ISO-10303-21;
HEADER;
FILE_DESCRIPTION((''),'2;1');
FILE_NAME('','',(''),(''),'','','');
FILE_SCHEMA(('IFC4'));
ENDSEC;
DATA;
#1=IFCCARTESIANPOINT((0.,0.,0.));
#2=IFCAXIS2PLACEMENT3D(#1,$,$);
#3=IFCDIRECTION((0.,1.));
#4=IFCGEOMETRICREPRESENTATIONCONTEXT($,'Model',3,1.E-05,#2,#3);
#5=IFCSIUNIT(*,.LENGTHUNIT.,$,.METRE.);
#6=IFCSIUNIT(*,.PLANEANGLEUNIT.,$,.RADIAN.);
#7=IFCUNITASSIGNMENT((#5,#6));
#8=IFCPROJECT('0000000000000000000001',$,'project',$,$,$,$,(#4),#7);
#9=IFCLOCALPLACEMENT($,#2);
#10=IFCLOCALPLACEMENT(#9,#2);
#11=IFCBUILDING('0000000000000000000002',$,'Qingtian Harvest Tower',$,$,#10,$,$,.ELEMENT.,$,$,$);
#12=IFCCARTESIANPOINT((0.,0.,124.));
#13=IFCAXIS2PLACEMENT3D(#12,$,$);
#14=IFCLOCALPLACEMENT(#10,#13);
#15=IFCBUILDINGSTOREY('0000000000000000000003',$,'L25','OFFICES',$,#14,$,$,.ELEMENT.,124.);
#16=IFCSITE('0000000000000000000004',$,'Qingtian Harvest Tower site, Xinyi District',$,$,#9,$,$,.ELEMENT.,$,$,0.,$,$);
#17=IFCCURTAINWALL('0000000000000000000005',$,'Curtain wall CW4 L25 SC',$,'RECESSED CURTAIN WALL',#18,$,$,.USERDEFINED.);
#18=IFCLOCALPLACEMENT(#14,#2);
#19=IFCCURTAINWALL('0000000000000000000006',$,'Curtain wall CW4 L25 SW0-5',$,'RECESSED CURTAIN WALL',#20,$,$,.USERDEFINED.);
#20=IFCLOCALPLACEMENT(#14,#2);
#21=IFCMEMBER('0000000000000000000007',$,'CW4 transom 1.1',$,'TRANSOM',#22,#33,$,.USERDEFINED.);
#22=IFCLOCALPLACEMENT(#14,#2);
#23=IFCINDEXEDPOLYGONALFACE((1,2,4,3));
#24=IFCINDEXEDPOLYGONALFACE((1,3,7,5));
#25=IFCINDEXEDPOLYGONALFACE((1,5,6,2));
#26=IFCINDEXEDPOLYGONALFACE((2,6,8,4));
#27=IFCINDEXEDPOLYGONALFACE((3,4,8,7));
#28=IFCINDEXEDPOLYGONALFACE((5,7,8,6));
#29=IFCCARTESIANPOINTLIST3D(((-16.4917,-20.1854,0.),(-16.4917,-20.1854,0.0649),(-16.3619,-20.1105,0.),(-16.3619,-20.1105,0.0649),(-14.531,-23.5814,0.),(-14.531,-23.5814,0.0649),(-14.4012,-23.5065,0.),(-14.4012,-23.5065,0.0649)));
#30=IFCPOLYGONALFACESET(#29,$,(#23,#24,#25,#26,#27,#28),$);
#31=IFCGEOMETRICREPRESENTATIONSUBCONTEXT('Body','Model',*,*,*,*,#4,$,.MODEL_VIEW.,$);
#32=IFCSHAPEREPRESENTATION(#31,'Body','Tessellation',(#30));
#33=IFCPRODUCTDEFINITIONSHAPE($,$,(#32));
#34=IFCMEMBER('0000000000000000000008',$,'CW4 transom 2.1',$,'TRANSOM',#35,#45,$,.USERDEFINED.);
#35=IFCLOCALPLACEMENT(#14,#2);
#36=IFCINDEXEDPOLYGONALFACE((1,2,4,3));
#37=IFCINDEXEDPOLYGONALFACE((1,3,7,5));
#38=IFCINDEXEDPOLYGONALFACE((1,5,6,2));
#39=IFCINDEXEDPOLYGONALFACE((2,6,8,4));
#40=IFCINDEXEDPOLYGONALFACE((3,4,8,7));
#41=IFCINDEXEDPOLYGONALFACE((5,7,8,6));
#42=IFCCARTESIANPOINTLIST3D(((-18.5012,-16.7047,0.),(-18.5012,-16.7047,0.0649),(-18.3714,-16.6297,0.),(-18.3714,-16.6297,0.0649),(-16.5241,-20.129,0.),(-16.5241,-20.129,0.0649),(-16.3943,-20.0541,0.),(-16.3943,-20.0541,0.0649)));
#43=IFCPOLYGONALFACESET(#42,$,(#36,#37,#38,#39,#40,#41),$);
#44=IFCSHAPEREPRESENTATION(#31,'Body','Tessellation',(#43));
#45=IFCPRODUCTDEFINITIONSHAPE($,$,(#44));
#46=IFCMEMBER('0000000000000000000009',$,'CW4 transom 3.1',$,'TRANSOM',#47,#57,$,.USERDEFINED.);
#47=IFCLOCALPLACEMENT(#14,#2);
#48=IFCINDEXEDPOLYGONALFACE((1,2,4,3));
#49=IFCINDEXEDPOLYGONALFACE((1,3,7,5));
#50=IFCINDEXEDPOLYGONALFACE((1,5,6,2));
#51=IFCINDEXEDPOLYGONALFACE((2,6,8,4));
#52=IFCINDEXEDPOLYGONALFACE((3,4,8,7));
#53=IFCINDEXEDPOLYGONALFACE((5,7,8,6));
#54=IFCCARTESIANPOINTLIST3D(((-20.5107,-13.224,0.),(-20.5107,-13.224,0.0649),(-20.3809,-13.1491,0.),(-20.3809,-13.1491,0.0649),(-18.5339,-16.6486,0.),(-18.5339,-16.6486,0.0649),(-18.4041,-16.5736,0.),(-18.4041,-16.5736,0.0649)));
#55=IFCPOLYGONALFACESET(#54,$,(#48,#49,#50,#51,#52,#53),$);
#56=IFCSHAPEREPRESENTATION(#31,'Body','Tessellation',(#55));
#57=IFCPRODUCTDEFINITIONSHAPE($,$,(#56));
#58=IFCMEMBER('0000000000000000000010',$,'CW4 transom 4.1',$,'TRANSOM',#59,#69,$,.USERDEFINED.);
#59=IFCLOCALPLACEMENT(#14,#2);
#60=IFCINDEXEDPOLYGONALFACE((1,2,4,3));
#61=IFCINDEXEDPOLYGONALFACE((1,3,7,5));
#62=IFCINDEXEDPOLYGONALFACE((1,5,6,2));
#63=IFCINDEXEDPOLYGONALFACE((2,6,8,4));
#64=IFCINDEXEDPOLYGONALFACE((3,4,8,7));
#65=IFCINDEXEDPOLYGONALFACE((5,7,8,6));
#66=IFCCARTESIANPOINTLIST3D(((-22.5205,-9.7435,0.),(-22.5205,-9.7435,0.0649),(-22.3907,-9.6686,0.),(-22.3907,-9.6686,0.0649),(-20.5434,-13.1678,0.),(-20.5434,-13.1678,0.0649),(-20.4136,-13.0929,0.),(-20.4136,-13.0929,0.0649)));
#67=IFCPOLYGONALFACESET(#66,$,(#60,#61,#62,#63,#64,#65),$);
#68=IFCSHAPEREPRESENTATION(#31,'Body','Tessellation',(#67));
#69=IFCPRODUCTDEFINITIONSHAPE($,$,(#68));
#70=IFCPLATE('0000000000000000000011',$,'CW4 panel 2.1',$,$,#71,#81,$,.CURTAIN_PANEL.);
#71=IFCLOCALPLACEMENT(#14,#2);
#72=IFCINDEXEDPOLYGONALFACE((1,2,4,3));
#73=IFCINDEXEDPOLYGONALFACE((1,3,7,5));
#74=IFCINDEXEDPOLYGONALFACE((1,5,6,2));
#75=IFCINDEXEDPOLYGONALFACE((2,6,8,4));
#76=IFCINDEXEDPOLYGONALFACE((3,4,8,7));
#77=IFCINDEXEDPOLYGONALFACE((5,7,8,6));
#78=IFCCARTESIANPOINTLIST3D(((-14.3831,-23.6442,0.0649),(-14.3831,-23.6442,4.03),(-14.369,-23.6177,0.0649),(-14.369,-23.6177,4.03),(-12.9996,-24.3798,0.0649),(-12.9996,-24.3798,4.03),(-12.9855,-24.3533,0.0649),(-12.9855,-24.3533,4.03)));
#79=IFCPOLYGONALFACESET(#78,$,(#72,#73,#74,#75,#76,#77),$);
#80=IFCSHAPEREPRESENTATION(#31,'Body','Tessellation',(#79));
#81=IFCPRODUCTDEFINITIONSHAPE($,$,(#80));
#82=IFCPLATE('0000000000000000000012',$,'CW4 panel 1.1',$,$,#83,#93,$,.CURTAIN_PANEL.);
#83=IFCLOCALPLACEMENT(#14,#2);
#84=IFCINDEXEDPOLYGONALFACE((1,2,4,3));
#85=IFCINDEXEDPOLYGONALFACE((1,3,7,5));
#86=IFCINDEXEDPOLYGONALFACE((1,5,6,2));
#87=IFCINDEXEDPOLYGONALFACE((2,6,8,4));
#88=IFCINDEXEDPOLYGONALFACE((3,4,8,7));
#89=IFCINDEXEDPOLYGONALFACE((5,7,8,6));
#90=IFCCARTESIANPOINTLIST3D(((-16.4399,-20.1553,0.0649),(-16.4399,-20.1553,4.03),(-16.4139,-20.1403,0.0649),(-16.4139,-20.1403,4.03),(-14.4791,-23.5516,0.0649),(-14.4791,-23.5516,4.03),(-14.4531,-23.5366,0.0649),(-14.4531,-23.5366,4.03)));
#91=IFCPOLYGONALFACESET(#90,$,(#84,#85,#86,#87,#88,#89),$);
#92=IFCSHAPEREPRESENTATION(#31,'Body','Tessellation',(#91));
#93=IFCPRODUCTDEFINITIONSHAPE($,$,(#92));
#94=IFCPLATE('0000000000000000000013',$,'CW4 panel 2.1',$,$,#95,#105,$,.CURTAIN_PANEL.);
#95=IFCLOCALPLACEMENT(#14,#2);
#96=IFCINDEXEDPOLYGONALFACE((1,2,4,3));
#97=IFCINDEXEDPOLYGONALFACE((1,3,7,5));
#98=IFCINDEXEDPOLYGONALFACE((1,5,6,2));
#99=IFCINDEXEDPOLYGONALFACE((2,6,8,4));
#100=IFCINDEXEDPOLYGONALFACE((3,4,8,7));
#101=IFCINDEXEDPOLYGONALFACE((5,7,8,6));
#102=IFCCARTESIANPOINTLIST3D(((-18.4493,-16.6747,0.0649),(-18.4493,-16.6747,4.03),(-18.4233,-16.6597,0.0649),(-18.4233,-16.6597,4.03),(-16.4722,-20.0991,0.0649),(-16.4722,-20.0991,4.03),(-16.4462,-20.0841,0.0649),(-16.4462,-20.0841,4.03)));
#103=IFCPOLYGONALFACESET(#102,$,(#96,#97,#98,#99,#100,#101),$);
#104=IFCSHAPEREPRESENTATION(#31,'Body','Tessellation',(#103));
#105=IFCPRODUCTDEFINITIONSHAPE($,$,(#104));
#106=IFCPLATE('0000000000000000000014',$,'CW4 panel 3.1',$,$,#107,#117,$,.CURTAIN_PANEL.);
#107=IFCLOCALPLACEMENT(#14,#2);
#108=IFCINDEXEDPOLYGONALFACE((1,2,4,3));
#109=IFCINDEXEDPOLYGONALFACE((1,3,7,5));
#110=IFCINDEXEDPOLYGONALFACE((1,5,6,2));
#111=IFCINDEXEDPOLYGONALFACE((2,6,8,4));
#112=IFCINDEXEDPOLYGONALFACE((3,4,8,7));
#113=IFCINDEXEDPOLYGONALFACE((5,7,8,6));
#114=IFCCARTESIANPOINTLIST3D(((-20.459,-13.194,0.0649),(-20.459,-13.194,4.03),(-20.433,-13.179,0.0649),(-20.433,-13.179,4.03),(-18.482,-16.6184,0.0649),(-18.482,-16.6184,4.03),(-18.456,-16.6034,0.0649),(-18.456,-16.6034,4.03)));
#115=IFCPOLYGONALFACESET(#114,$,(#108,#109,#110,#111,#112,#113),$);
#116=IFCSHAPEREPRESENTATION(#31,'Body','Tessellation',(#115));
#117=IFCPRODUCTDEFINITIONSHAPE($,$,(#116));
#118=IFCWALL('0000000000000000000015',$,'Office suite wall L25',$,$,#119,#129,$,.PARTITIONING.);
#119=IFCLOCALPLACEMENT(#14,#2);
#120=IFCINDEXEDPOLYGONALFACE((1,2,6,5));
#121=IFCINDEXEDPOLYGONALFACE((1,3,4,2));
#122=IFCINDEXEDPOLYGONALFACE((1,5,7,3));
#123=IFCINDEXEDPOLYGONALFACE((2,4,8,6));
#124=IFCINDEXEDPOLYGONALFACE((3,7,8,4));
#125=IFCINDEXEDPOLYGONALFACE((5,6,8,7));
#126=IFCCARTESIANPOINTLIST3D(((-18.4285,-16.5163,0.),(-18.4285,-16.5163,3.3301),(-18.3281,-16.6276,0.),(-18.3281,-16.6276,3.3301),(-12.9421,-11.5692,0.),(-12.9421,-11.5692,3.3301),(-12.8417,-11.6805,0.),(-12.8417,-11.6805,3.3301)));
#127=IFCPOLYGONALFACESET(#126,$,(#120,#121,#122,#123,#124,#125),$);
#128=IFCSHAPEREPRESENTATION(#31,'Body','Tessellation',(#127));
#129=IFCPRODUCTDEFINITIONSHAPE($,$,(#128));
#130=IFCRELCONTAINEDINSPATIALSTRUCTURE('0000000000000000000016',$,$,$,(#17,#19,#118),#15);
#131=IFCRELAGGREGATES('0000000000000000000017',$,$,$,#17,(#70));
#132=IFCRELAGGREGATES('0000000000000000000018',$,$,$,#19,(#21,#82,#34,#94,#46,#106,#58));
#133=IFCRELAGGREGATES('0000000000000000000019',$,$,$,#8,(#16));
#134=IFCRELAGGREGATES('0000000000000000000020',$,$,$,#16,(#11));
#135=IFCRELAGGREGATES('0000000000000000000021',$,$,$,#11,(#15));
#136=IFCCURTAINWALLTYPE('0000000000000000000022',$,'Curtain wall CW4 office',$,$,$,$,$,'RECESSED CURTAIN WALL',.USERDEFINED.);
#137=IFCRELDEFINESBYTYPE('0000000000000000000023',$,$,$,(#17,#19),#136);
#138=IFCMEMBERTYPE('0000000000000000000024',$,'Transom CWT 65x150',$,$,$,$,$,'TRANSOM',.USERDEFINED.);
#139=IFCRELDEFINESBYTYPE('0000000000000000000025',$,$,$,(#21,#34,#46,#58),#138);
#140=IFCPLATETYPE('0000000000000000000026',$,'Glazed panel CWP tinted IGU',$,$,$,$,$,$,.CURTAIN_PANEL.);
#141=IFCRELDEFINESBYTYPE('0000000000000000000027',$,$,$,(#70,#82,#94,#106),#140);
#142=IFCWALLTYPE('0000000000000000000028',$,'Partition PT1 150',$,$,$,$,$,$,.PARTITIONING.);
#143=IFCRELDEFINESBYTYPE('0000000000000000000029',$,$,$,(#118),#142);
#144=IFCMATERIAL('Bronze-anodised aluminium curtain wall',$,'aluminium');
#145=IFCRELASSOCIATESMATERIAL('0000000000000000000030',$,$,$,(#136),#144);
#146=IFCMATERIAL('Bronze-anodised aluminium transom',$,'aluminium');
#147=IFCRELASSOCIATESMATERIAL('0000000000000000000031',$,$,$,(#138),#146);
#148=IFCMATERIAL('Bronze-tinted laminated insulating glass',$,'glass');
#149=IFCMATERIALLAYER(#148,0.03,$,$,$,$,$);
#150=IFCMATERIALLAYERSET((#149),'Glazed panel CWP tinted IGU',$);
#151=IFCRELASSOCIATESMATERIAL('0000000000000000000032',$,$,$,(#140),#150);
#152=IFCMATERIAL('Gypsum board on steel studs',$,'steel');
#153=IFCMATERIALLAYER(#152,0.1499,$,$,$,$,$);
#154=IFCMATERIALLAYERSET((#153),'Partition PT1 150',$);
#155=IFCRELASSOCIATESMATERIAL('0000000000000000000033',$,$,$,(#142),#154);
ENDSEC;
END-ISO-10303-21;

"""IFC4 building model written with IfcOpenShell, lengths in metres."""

from ifc_helpers import new_model, si_unit, direction, frame, frame_2d, origin, origin_2d, place, context, subcontext, project, spatial, rectangle, extrude, material, layer, layer_set, material_profile, profile_set, type_object, element, aggregate, save


model = new_model("IFC4")

# Units and contexts
model_context = context("Model", 3, precision=1e-05, world=origin(), true_north=direction((0.0, 1.0)))
body_context = subcontext(model_context, "Body", "Model", "MODEL_VIEW")
ifc_project = project(units=[si_unit("LENGTHUNIT", "METRE"), si_unit("PLANEANGLEUNIT", "RADIAN")], contexts=[model_context])

# Site, building, storey
site_placement = place(None, origin())
site = spatial("IfcSite", under=ifc_project, at=site_placement, Name="Qingtian Harvest Tower site, Xinyi District", CompositionType="ELEMENT", RefElevation=0.0)
building_placement = place(site_placement, origin())
building = spatial("IfcBuilding", under=site, at=building_placement, Name="Qingtian Harvest Tower", CompositionType="ELEMENT")
storey_placement = place(building_placement, frame((0.0, 0.0, 124.0)))
storey = spatial("IfcBuildingStorey", under=building, at=storey_placement, Name="L25", Description="OFFICES", CompositionType="ELEMENT", Elevation=124.0)

# Curtain wall
ifc_material_1 = material(Name="Bronze-anodised aluminium curtain wall", Category="aluminium")
curtain_wall_type = type_object("IfcCurtainWallType", Name="Curtain wall CW4 office", ElementType="RECESSED CURTAIN WALL", PredefinedType="USERDEFINED", material=ifc_material_1)
curtain_wall_1_placement = place(storey_placement, origin())
curtain_wall_1 = element("IfcCurtainWall", 1, at=curtain_wall_1_placement, inside=storey, type_object=curtain_wall_type, Name="Curtain wall CW4 L25 SC", ObjectType="RECESSED CURTAIN WALL", PredefinedType="USERDEFINED")

# Curtain wall
curtain_wall_2_placement = place(storey_placement, origin())
curtain_wall_2 = element("IfcCurtainWall", 2, at=curtain_wall_2_placement, inside=storey, type_object=curtain_wall_type, Name="Curtain wall CW4 L25 SW0-5", ObjectType="RECESSED CURTAIN WALL", PredefinedType="USERDEFINED")

# Members
ifc_material_2 = material(Name="Bronze-anodised aluminium transom", Category="aluminium")
ifc_material_profile_1 = material_profile(ifc_material_2, rectangle(XDim=0.1499, YDim=0.0649, at=origin_2d()), Name="AL 65x150")
ifc_profile_set_1 = profile_set([ifc_material_profile_1], Name="Bronze-anodised aluminium transom")
member_type_1 = type_object("IfcMemberType", Name="Transom CWT 65x150", ElementType="TRANSOM", PredefinedType="USERDEFINED", material=ifc_profile_set_1)
member_1_placement = place(storey_placement, frame((-14.4661, -23.5439, 0.0325), z_axis=(-0.500003, 0.866024, 0.0), x_axis=(-0.866024, -0.500003, 0.0)))
member_1 = element("IfcMember", 3, at=member_1_placement, type_object=member_type_1, Name="CW4 transom 1.1", ObjectType="TRANSOM", PredefinedType="USERDEFINED", context=body_context, shape_type="SweptSolid", body=[
    extrude(rectangle(XDim=0.1499, YDim=0.0649, at=origin_2d()), origin(), (0.0, 0.0, 1.0), 3.9214),
])
member_2_placement = place(storey_placement, frame((-16.4592, -20.0916, 0.0325), z_axis=(-0.500004, 0.866023, 0.0), x_axis=(-0.866023, -0.500004, 0.0)))
member_2 = element("IfcMember", 4, at=member_2_placement, type_object=member_type_1, Name="CW4 transom 2.1", ObjectType="TRANSOM", PredefinedType="USERDEFINED", context=body_context, shape_type="SweptSolid", body=[
    extrude(rectangle(XDim=0.1499, YDim=0.0649, at=origin_2d()), origin(), (0.0, 0.0, 1.0), 3.9541),
])
member_3_placement = place(storey_placement, frame((-18.469, -16.6111, 0.0325), z_axis=(-0.499931, 0.866065, 0.0), x_axis=(-0.866065, -0.499931, 0.0)))
member_3 = element("IfcMember", 5, at=member_3_placement, type_object=member_type_1, Name="CW4 transom 3.1", ObjectType="TRANSOM", PredefinedType="USERDEFINED", context=body_context, shape_type="SweptSolid", body=[
    extrude(rectangle(XDim=0.1499, YDim=0.0649, at=origin_2d()), origin(), (0.0, 0.0, 1.0), 3.9541),
])
member_4_placement = place(storey_placement, frame((-20.4785, -13.1304, 0.0325), z_axis=(-0.500004, 0.866023, 0.0), x_axis=(-0.866023, -0.500004, 0.0)))
member_4 = element("IfcMember", 6, at=member_4_placement, type_object=member_type_1, Name="CW4 transom 4.1", ObjectType="TRANSOM", PredefinedType="USERDEFINED", context=body_context, shape_type="SweptSolid", body=[
    extrude(rectangle(XDim=0.1499, YDim=0.0649, at=origin_2d()), origin(), (0.0, 0.0, 1.0), 3.9541),
])

# Plates
ifc_material_3 = material(Name="Bronze-tinted laminated insulating glass", Category="glass")
ifc_layer_1 = layer(ifc_material_3, 0.03)
ifc_layer_set_1 = layer_set([ifc_layer_1], Name="Glazed panel CWP tinted IGU")
plate_type = type_object("IfcPlateType", Name="Glazed panel CWP tinted IGU", PredefinedType="CURTAIN_PANEL", material=ifc_layer_set_1)
plate_1_placement = place(storey_placement, frame((-13.6843, -23.9988, 0.0649), z_axis=(0.0, 0.0, 1.0), x_axis=(-0.882948, 0.469472, 0.0)))
plate_1 = element("IfcPlate", 7, at=plate_1_placement, type_object=plate_type, Name="CW4 panel 2.1", PredefinedType="CURTAIN_PANEL", context=body_context, shape_type="SweptSolid", body=[
    extrude(rectangle(XDim=1.5669, YDim=0.03, at=origin_2d()), origin(), (0.0, 0.0, 1.0), 3.9651),
])
aggregate(curtain_wall_1, [plate_1])
plate_2_placement = place(storey_placement, frame((-15.4465, -21.8459, 0.0649), z_axis=(0.0, 0.0, 1.0), x_axis=(-0.5, 0.866025, 0.0)))
plate_2 = element("IfcPlate", 8, at=plate_2_placement, type_object=plate_type, Name="CW4 panel 1.1", PredefinedType="CURTAIN_PANEL", context=body_context, shape_type="SweptSolid", body=[
    extrude(rectangle(XDim=3.9216, YDim=0.03, at=origin_2d()), origin(), (0.0, 0.0, 1.0), 3.9651),
])
plate_3_placement = place(storey_placement, frame((-17.4478, -18.3794, 0.0649), z_axis=(0.0, 0.0, 1.0), x_axis=(-0.5, 0.866025, 0.0)))
plate_3 = element("IfcPlate", 9, at=plate_3_placement, type_object=plate_type, Name="CW4 panel 2.1", PredefinedType="CURTAIN_PANEL", context=body_context, shape_type="SweptSolid", body=[
    extrude(rectangle(XDim=3.9541, YDim=0.03, at=origin_2d()), origin(), (0.0, 0.0, 1.0), 3.9651),
])
plate_4_placement = place(storey_placement, frame((-19.4575, -14.8987, 0.0649), z_axis=(0.0, 0.0, 1.0), x_axis=(-0.5, 0.866025, 0.0)))
plate_4 = element("IfcPlate", 10, at=plate_4_placement, type_object=plate_type, Name="CW4 panel 3.1", PredefinedType="CURTAIN_PANEL", context=body_context, shape_type="SweptSolid", body=[
    extrude(rectangle(XDim=3.9541, YDim=0.03, at=origin_2d()), origin(), (0.0, 0.0, 1.0), 3.9651),
])
aggregate(curtain_wall_2, [member_1, plate_2, member_2, plate_3, member_3, plate_4, member_4])

# Wall
ifc_material_4 = material(Name="Gypsum board on steel studs", Category="steel")
ifc_layer_2 = layer(ifc_material_4, 0.1499)
ifc_layer_set_2 = layer_set([ifc_layer_2], Name="Partition PT1 150")
wall_type = type_object("IfcWallType", Name="Partition PT1 150", PredefinedType="PARTITIONING", material=ifc_layer_set_2)
wall_placement = place(storey_placement, frame((-18.3784, -16.572, 0.0), z_axis=(0.0, 0.0, 1.0), x_axis=(0.742666, 0.669662, 0.0)))
element("IfcWall", 11, at=wall_placement, inside=storey, type_object=wall_type, Name="Office suite wall L25", PredefinedType="PARTITIONING", context=body_context, shape_type="SweptSolid", body=[
    extrude(rectangle(XDim=7.3875, YDim=0.1499, at=frame_2d((3.6938, 0.0))), origin(), (0.0, 0.0, 1.0), 3.3301),
])

save(model, "model.ifc")
